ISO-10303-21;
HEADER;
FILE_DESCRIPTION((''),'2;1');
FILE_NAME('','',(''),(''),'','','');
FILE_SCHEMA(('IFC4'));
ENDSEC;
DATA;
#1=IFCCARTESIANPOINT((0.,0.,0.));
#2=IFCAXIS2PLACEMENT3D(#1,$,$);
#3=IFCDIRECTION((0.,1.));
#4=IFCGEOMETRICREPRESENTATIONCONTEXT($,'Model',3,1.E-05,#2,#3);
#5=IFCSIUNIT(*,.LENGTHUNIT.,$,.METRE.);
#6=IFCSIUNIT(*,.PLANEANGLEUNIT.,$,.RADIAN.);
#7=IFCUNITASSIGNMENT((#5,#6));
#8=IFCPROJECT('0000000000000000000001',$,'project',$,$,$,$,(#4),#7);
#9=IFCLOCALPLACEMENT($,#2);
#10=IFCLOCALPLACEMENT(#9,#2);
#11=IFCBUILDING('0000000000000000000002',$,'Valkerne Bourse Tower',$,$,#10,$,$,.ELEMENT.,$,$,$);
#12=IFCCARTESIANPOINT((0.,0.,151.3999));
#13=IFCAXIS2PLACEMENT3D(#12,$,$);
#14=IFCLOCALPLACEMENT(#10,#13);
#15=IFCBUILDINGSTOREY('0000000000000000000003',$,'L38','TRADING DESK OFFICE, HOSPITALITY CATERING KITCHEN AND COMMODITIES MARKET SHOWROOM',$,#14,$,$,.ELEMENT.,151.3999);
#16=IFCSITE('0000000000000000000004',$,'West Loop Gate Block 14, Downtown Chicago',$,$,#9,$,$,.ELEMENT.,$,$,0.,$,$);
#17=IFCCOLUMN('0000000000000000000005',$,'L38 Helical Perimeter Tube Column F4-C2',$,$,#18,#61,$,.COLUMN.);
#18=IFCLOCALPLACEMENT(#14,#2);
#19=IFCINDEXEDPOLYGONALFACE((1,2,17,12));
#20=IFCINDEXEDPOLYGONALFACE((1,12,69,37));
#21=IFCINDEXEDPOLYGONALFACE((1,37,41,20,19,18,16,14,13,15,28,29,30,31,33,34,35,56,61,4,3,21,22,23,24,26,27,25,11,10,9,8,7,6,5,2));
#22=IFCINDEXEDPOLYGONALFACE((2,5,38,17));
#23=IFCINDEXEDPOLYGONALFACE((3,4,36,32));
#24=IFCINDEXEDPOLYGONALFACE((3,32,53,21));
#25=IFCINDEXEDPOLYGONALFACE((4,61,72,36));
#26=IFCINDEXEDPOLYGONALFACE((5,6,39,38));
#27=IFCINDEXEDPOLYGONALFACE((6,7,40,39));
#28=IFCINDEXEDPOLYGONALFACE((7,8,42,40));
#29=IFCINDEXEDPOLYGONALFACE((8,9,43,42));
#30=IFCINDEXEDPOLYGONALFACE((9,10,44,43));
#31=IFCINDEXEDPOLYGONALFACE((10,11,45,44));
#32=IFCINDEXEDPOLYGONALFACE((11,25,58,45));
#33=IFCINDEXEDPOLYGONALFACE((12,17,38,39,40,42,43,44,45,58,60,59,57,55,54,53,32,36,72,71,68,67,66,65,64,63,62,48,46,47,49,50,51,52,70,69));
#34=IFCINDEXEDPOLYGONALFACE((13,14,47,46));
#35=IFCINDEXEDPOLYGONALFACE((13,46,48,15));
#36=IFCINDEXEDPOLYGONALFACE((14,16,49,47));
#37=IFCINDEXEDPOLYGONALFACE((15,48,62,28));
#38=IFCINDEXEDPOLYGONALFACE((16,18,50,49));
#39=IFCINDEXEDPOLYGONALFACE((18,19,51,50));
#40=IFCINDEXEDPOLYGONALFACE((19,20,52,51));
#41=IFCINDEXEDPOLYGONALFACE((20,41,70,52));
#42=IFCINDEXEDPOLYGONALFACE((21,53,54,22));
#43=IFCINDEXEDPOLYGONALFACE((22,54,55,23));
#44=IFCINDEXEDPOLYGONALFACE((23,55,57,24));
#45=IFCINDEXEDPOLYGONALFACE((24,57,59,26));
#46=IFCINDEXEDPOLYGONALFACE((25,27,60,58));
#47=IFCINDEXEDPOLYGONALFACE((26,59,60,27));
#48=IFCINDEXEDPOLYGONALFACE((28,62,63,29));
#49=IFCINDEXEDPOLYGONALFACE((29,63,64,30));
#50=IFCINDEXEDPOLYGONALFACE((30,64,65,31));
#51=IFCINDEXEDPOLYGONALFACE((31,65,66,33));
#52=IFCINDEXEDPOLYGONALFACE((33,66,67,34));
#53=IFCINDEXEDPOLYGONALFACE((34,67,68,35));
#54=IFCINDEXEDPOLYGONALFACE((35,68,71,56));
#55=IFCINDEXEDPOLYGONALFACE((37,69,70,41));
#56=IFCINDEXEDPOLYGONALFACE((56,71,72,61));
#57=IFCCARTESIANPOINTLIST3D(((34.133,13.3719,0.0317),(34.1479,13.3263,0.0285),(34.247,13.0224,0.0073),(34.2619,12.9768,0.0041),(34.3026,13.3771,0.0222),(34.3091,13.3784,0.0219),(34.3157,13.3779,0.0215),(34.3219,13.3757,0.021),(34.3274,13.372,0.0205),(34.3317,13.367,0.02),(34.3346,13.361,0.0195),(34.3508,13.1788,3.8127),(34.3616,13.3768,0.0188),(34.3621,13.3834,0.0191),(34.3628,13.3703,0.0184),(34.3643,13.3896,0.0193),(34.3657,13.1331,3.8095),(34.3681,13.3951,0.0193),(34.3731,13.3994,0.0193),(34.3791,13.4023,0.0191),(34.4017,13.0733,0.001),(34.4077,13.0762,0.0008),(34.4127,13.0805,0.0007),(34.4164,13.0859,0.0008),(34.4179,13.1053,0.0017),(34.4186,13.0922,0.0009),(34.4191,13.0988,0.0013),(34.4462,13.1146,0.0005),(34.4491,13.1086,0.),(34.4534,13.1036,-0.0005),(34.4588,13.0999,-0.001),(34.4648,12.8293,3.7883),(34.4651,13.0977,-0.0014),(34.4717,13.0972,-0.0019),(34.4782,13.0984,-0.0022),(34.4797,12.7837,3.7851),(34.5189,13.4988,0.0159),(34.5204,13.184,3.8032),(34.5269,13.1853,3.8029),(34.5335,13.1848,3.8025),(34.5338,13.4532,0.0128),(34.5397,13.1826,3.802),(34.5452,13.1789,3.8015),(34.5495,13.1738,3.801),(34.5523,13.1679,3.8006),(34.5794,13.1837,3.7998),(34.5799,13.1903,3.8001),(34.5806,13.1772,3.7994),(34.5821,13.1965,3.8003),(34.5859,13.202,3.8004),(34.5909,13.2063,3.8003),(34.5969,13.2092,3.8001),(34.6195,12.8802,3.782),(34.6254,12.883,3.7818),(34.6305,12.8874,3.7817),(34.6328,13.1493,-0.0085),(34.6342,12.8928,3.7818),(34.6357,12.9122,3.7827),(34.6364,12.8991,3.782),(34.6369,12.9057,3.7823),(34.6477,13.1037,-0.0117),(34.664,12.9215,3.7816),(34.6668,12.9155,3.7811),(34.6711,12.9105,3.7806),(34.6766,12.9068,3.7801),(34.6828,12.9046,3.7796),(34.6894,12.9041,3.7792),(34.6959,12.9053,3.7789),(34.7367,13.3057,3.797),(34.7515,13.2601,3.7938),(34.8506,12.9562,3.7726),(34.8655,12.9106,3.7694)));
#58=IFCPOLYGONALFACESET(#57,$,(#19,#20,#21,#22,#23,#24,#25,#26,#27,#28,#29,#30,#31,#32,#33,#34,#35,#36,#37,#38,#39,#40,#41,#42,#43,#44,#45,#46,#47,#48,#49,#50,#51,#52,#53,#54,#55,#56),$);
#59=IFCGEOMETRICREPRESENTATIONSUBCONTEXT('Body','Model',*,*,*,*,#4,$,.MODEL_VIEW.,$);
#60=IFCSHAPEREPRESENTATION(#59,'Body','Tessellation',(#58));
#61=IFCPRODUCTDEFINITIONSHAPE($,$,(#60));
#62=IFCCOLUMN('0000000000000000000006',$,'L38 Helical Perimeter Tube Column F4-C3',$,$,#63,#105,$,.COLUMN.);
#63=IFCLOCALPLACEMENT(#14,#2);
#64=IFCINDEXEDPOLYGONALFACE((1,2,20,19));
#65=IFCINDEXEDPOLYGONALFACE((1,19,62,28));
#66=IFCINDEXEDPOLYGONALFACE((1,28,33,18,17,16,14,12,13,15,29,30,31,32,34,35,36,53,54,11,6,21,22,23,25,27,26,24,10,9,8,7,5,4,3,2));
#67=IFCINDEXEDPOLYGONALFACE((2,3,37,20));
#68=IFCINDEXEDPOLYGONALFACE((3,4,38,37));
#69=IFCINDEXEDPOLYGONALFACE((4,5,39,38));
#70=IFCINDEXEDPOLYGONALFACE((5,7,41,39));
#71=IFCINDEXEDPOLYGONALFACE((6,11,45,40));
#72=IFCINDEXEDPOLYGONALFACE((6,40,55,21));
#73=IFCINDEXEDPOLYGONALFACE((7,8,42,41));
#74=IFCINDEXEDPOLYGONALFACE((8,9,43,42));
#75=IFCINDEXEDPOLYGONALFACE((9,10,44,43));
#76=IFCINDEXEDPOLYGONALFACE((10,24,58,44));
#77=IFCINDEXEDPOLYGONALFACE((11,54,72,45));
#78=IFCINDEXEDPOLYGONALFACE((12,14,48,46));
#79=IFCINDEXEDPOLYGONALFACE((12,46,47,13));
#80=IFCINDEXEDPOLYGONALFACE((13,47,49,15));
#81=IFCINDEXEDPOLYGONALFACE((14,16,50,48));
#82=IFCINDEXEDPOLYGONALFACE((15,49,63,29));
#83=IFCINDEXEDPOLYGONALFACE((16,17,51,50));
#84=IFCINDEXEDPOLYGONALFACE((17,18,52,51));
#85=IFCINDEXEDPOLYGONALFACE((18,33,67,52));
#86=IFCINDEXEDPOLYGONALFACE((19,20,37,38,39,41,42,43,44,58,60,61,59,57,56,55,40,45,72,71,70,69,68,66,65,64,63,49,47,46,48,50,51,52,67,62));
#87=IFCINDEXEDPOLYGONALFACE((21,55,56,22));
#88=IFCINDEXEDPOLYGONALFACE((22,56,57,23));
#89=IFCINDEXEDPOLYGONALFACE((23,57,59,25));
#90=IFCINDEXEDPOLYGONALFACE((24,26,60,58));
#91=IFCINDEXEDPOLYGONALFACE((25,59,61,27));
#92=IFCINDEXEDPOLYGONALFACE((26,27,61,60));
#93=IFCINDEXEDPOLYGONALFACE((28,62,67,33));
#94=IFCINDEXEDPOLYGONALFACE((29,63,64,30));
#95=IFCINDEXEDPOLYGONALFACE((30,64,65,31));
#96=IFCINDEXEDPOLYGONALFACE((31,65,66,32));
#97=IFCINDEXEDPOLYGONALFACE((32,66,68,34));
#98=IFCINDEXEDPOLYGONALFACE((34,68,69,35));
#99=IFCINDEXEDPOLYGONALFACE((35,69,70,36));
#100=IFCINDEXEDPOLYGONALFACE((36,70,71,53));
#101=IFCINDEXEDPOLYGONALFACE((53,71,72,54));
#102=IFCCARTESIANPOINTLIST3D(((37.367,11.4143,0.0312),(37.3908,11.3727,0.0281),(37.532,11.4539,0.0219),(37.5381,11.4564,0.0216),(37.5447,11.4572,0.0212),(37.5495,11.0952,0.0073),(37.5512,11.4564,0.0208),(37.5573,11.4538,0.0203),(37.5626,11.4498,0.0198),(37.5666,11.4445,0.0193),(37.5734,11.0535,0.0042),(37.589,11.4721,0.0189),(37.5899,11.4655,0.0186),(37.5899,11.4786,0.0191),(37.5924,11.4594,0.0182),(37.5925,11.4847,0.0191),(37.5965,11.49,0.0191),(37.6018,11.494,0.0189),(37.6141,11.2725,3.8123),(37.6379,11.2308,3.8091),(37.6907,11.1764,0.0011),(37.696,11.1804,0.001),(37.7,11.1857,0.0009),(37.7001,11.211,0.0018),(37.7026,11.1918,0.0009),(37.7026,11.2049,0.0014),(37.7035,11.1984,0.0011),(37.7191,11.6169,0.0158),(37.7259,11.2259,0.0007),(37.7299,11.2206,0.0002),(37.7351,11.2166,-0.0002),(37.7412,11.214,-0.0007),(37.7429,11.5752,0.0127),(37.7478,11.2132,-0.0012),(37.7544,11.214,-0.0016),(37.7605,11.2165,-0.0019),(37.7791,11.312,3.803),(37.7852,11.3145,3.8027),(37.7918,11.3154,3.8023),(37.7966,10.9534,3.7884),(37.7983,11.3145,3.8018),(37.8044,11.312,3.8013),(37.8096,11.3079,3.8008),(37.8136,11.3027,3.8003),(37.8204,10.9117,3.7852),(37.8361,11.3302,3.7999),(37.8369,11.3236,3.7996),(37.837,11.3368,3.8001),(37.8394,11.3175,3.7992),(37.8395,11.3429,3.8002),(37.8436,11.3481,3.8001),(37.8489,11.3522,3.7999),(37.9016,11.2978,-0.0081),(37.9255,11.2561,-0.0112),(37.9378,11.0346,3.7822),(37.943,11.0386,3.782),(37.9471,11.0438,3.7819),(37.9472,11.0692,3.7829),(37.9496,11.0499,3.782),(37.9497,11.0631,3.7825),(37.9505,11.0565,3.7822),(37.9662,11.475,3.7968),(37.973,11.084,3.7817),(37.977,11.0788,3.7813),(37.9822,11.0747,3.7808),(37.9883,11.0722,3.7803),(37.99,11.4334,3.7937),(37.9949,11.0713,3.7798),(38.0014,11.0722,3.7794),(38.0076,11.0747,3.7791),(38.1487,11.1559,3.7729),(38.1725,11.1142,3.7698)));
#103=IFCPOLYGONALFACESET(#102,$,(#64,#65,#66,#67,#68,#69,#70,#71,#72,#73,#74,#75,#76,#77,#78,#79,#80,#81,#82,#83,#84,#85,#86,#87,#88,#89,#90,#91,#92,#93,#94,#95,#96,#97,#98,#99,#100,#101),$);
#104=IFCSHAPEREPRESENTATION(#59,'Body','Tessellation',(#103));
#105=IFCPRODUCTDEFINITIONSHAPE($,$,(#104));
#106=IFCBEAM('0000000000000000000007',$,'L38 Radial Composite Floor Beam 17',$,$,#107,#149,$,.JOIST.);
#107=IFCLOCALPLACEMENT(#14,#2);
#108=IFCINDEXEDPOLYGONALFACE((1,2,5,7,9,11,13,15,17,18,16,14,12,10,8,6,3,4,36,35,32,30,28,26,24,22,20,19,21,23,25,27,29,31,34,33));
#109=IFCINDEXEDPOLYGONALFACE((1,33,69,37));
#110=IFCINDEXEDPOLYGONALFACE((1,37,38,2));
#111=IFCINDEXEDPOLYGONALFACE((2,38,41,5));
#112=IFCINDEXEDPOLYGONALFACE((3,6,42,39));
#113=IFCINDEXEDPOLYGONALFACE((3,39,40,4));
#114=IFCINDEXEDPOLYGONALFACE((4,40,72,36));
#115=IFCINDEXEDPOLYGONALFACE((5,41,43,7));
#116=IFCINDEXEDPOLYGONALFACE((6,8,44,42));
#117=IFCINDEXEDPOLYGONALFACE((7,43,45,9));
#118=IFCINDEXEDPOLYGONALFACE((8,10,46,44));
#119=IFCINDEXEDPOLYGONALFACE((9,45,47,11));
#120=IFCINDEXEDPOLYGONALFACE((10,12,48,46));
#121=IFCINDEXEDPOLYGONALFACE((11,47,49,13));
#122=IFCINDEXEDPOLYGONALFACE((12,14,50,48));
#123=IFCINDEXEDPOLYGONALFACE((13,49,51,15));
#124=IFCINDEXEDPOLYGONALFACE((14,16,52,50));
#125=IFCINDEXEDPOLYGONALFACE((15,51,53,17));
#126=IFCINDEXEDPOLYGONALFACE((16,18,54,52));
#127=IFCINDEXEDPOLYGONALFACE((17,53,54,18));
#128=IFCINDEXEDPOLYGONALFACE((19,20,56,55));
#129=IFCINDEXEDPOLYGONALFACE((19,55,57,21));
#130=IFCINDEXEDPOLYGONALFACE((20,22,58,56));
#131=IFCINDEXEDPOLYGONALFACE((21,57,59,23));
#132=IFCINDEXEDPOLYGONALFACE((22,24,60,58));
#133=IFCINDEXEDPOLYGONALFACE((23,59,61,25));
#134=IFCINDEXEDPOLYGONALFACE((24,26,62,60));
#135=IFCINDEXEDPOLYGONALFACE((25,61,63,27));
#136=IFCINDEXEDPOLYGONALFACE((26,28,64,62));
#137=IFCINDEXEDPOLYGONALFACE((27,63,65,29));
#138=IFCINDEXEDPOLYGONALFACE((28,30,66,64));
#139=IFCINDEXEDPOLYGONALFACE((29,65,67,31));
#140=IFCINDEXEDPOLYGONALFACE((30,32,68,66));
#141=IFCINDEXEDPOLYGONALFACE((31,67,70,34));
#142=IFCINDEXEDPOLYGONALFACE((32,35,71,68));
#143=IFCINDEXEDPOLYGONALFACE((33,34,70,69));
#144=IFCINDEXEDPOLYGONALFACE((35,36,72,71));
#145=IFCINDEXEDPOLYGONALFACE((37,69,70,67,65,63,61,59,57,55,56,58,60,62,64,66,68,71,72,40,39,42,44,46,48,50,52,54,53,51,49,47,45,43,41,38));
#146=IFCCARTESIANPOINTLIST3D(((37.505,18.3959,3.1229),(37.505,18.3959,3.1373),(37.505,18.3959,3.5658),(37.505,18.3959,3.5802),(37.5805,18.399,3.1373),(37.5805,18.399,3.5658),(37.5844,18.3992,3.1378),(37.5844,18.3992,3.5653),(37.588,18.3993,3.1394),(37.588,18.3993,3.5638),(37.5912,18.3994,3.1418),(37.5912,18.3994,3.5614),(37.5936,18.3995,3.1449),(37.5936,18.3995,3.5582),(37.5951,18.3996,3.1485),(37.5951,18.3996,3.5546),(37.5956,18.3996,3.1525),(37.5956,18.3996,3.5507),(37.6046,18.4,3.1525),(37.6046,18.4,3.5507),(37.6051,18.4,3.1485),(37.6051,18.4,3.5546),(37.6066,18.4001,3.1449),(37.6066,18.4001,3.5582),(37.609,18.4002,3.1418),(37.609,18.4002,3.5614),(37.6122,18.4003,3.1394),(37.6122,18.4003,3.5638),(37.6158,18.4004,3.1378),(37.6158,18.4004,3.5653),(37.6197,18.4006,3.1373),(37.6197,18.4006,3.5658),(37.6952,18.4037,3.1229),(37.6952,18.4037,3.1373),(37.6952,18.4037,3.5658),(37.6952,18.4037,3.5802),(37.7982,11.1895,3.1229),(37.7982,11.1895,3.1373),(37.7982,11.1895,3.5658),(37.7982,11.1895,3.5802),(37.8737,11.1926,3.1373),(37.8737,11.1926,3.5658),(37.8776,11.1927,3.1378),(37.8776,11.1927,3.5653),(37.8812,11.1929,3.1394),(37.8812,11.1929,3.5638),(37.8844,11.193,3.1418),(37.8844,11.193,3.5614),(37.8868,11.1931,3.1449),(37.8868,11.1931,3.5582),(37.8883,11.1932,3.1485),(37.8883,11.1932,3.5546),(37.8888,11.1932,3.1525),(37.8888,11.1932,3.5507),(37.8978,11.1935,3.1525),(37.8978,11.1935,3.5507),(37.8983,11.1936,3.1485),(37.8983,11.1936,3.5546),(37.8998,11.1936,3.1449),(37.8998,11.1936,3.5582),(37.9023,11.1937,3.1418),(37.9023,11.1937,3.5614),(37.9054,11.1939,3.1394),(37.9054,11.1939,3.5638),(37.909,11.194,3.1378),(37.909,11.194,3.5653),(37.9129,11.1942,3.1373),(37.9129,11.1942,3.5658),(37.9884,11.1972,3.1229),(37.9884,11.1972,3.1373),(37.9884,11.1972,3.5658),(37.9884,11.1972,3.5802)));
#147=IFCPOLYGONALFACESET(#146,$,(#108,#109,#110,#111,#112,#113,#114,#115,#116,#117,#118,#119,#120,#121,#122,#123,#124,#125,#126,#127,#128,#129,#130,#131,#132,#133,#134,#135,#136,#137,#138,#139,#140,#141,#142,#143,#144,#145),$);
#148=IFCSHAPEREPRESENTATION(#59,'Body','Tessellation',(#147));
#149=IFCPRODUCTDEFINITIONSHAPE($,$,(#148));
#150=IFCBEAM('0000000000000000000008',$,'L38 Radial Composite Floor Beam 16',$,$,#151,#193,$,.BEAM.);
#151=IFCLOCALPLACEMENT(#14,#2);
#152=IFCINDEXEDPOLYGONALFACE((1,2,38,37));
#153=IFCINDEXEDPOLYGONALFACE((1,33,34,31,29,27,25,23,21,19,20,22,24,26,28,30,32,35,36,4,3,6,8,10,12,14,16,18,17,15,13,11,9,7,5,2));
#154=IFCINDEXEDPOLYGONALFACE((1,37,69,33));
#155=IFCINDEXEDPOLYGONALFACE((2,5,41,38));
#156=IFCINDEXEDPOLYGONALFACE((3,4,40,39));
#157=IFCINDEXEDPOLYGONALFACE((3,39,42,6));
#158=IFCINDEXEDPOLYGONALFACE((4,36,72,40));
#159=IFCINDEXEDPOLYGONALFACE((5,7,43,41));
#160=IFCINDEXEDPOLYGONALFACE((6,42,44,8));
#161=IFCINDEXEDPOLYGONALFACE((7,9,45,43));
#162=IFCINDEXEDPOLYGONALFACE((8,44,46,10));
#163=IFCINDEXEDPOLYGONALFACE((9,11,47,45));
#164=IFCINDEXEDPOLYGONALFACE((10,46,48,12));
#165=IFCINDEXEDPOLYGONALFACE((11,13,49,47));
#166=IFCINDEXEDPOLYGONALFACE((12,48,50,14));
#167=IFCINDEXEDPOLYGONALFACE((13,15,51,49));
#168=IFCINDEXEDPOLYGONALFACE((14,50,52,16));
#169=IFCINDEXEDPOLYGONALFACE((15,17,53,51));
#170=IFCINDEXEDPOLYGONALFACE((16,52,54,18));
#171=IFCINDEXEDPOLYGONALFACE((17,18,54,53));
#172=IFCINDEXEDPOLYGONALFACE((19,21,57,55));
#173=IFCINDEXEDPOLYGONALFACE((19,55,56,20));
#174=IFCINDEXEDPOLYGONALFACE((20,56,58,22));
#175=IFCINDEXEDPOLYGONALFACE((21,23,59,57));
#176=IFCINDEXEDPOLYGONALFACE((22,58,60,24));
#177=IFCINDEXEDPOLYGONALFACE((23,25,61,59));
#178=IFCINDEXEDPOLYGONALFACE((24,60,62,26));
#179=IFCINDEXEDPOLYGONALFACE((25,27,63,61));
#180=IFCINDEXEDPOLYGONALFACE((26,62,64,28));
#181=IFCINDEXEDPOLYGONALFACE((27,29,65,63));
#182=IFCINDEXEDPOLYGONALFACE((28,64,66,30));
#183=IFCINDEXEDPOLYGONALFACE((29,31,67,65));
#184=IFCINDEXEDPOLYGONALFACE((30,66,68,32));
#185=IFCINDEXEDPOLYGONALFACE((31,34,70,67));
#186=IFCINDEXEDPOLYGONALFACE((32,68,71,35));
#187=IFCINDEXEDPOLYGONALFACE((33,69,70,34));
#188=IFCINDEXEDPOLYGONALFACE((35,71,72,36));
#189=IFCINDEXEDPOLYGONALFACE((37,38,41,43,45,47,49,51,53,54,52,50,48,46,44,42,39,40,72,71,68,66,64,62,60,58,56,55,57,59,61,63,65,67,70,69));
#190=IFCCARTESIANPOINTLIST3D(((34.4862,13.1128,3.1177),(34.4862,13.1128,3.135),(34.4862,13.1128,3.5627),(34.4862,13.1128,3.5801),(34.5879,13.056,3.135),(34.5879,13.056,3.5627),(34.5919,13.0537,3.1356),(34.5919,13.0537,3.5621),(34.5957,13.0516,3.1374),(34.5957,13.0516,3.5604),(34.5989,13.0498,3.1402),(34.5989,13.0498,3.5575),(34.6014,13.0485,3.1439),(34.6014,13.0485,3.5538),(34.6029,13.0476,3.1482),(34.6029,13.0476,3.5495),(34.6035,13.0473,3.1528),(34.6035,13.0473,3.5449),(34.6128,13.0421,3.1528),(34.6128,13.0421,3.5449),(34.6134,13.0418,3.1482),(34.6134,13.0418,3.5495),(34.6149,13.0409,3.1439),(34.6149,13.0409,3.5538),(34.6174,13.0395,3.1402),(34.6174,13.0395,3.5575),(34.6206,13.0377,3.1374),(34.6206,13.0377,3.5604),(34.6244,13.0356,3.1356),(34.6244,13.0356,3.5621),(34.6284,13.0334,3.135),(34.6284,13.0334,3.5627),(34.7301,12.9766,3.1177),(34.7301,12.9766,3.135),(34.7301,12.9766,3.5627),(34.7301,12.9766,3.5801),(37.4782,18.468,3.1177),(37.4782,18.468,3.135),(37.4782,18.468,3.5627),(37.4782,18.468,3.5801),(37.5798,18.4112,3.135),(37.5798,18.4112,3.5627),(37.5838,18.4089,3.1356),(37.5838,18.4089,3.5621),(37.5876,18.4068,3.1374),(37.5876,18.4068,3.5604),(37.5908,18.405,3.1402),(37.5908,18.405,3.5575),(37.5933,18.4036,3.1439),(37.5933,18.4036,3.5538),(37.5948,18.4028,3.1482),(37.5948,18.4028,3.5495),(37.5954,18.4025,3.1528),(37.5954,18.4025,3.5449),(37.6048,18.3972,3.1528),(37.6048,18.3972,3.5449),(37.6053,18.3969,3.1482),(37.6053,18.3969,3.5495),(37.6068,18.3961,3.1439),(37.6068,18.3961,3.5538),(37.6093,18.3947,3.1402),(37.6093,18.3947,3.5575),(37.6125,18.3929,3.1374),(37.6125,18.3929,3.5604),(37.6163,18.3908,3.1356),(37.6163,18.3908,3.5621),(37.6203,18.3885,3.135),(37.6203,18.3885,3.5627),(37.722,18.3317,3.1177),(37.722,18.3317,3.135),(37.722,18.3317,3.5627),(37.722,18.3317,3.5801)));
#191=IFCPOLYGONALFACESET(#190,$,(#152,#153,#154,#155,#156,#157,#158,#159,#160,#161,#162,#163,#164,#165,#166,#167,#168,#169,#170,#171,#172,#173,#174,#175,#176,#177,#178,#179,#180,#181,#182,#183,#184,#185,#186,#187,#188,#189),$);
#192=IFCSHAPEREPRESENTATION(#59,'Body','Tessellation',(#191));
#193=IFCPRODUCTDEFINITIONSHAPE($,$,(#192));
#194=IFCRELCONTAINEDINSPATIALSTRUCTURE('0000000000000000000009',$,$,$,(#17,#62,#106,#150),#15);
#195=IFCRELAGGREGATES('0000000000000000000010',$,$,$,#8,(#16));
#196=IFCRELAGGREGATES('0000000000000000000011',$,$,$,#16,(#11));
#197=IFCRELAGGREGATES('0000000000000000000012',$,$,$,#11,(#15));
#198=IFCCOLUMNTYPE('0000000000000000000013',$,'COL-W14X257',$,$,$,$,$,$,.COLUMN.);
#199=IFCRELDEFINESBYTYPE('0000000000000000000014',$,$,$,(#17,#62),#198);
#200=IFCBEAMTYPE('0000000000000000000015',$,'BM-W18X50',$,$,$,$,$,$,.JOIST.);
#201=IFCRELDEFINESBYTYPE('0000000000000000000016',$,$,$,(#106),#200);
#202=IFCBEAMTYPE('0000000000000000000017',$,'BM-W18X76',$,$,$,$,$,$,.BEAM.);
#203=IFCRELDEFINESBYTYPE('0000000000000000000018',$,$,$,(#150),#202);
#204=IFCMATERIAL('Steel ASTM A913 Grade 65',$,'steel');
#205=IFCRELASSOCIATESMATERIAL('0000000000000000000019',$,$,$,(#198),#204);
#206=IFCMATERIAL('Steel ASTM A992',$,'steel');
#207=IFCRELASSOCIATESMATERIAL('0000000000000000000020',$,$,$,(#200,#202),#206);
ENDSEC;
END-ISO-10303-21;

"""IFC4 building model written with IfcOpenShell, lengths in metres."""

from ifc_helpers import new_model, si_unit, direction, frame, origin, origin_2d, place, context, subcontext, project, spatial, i_section, extrude, material, material_profile, profile_set, type_object, element, save


model = new_model("IFC4")

# Units and contexts
model_context = context("Model", 3, precision=1e-05, world=origin(), true_north=direction((0.0, 1.0)))
body_context = subcontext(model_context, "Body", "Model", "MODEL_VIEW")
ifc_project = project(units=[si_unit("LENGTHUNIT", "METRE"), si_unit("PLANEANGLEUNIT", "RADIAN")], contexts=[model_context])

# Site, building, storey
site_placement = place(None, origin())
site = spatial("IfcSite", under=ifc_project, at=site_placement, Name="West Loop Gate Block 14, Downtown Chicago", CompositionType="ELEMENT", RefElevation=0.0)
building_placement = place(site_placement, origin())
building = spatial("IfcBuilding", under=site, at=building_placement, Name="Valkerne Bourse Tower", CompositionType="ELEMENT")
storey_placement = place(building_placement, frame((0.0, 0.0, 151.3999)))
storey = spatial("IfcBuildingStorey", under=building, at=storey_placement, Name="L38", Description="TRADING DESK OFFICE, HOSPITALITY CATERING KITCHEN AND COMMODITIES MARKET SHOWROOM", CompositionType="ELEMENT", Elevation=151.3999)

# Columns
ifc_material_1 = material(Name="Steel ASTM A913 Grade 65", Category="steel")
ifc_material_profile_1 = material_profile(ifc_material_1, i_section(OverallWidth=0.4065, OverallDepth=0.4165, WebThickness=0.0298, FlangeThickness=0.0481, FilletRadius=0.0254, at=origin_2d()), Name="W14X257")
ifc_profile_set_1 = profile_set([ifc_material_profile_1], Name="Steel ASTM A913 Grade 65")
column_type = type_object("IfcColumnType", Name="COL-W14X257", PredefinedType="COLUMN", material=ifc_profile_set_1)
column_1_placement = place(storey_placement, frame((34.3904, 13.2378, 0.01), z_axis=(0.057427, -0.050924, 0.99705), x_axis=(0.949216, 0.312233, -0.038724)))
element("IfcColumn", 1, at=column_1_placement, inside=storey, type_object=column_type, Name="L38 Helical Perimeter Tube Column F4-C2", PredefinedType="COLUMN", context=body_context, shape_type="SweptSolid", body=[
    extrude(i_section(OverallWidth=0.4065, OverallDepth=0.4165, WebThickness=0.0298, FlangeThickness=0.0481, FilletRadius=0.0254, at=origin_2d()), origin(), (0.0, 0.0, 1.0), 3.7922),
])
column_2_placement = place(storey_placement, frame((37.6462, 11.3352, 0.01), z_axis=(0.06516, -0.037409, 0.997173), x_axis=(0.866187, 0.498281, -0.037908)))
element("IfcColumn", 2, at=column_2_placement, inside=storey, type_object=column_type, Name="L38 Helical Perimeter Tube Column F4-C3", PredefinedType="COLUMN", context=body_context, shape_type="SweptSolid", body=[
    extrude(i_section(OverallWidth=0.4065, OverallDepth=0.4165, WebThickness=0.0298, FlangeThickness=0.0481, FilletRadius=0.0254, at=origin_2d()), origin(), (0.0, 0.0, 1.0), 3.7917),
])

# Beams
ifc_material_2 = material(Name="Steel ASTM A992", Category="steel")
ifc_material_profile_2 = material_profile(ifc_material_2, i_section(OverallWidth=0.1904, OverallDepth=0.4573, WebThickness=0.009, FlangeThickness=0.0144, FilletRadius=0.0151, at=origin_2d()), Name="W18X50")
ifc_profile_set_2 = profile_set([ifc_material_profile_2], Name="Steel ASTM A992")
beam_type_1 = type_object("IfcBeamType", Name="BM-W18X50", PredefinedType="JOIST", material=ifc_profile_set_2)
beam_1_placement = place(storey_placement, frame((37.8933, 11.1934, 3.3516), z_axis=(-0.040653, 0.999173, 0.0), x_axis=(-0.999173, -0.040653, 0.0)))
element("IfcBeam", 3, at=beam_1_placement, inside=storey, type_object=beam_type_1, Name="L38 Radial Composite Floor Beam 17", PredefinedType="JOIST", context=body_context, shape_type="SweptSolid", body=[
    extrude(i_section(OverallWidth=0.1904, OverallDepth=0.4573, WebThickness=0.009, FlangeThickness=0.0144, FilletRadius=0.0151, at=origin_2d()), origin(), (0.0, 0.0, 1.0), 7.2124),
])
ifc_material_profile_3 = material_profile(ifc_material_2, i_section(OverallWidth=0.2793, OverallDepth=0.4624, WebThickness=0.0107, FlangeThickness=0.0173, FilletRadius=0.0178, at=origin_2d()), Name="W18X76")
ifc_profile_set_3 = profile_set([ifc_material_profile_3], Name="Steel ASTM A992")
beam_type_2 = type_object("IfcBeamType", Name="BM-W18X76", PredefinedType="BEAM", material=ifc_profile_set_3)
beam_2_placement = place(storey_placement, frame((34.6082, 13.0447, 3.3489), z_axis=(0.487737, 0.872991, 0.0), x_axis=(-0.872991, 0.487737, 0.0)))
element("IfcBeam", 4, at=beam_2_placement, inside=storey, type_object=beam_type_2, Name="L38 Radial Composite Floor Beam 16", PredefinedType="BEAM", context=body_context, shape_type="SweptSolid", body=[
    extrude(i_section(OverallWidth=0.2793, OverallDepth=0.4624, WebThickness=0.0107, FlangeThickness=0.0173, FilletRadius=0.0178, at=origin_2d()), origin(), (0.0, 0.0, 1.0), 6.1343),
])

save(model, "model.ifc")
